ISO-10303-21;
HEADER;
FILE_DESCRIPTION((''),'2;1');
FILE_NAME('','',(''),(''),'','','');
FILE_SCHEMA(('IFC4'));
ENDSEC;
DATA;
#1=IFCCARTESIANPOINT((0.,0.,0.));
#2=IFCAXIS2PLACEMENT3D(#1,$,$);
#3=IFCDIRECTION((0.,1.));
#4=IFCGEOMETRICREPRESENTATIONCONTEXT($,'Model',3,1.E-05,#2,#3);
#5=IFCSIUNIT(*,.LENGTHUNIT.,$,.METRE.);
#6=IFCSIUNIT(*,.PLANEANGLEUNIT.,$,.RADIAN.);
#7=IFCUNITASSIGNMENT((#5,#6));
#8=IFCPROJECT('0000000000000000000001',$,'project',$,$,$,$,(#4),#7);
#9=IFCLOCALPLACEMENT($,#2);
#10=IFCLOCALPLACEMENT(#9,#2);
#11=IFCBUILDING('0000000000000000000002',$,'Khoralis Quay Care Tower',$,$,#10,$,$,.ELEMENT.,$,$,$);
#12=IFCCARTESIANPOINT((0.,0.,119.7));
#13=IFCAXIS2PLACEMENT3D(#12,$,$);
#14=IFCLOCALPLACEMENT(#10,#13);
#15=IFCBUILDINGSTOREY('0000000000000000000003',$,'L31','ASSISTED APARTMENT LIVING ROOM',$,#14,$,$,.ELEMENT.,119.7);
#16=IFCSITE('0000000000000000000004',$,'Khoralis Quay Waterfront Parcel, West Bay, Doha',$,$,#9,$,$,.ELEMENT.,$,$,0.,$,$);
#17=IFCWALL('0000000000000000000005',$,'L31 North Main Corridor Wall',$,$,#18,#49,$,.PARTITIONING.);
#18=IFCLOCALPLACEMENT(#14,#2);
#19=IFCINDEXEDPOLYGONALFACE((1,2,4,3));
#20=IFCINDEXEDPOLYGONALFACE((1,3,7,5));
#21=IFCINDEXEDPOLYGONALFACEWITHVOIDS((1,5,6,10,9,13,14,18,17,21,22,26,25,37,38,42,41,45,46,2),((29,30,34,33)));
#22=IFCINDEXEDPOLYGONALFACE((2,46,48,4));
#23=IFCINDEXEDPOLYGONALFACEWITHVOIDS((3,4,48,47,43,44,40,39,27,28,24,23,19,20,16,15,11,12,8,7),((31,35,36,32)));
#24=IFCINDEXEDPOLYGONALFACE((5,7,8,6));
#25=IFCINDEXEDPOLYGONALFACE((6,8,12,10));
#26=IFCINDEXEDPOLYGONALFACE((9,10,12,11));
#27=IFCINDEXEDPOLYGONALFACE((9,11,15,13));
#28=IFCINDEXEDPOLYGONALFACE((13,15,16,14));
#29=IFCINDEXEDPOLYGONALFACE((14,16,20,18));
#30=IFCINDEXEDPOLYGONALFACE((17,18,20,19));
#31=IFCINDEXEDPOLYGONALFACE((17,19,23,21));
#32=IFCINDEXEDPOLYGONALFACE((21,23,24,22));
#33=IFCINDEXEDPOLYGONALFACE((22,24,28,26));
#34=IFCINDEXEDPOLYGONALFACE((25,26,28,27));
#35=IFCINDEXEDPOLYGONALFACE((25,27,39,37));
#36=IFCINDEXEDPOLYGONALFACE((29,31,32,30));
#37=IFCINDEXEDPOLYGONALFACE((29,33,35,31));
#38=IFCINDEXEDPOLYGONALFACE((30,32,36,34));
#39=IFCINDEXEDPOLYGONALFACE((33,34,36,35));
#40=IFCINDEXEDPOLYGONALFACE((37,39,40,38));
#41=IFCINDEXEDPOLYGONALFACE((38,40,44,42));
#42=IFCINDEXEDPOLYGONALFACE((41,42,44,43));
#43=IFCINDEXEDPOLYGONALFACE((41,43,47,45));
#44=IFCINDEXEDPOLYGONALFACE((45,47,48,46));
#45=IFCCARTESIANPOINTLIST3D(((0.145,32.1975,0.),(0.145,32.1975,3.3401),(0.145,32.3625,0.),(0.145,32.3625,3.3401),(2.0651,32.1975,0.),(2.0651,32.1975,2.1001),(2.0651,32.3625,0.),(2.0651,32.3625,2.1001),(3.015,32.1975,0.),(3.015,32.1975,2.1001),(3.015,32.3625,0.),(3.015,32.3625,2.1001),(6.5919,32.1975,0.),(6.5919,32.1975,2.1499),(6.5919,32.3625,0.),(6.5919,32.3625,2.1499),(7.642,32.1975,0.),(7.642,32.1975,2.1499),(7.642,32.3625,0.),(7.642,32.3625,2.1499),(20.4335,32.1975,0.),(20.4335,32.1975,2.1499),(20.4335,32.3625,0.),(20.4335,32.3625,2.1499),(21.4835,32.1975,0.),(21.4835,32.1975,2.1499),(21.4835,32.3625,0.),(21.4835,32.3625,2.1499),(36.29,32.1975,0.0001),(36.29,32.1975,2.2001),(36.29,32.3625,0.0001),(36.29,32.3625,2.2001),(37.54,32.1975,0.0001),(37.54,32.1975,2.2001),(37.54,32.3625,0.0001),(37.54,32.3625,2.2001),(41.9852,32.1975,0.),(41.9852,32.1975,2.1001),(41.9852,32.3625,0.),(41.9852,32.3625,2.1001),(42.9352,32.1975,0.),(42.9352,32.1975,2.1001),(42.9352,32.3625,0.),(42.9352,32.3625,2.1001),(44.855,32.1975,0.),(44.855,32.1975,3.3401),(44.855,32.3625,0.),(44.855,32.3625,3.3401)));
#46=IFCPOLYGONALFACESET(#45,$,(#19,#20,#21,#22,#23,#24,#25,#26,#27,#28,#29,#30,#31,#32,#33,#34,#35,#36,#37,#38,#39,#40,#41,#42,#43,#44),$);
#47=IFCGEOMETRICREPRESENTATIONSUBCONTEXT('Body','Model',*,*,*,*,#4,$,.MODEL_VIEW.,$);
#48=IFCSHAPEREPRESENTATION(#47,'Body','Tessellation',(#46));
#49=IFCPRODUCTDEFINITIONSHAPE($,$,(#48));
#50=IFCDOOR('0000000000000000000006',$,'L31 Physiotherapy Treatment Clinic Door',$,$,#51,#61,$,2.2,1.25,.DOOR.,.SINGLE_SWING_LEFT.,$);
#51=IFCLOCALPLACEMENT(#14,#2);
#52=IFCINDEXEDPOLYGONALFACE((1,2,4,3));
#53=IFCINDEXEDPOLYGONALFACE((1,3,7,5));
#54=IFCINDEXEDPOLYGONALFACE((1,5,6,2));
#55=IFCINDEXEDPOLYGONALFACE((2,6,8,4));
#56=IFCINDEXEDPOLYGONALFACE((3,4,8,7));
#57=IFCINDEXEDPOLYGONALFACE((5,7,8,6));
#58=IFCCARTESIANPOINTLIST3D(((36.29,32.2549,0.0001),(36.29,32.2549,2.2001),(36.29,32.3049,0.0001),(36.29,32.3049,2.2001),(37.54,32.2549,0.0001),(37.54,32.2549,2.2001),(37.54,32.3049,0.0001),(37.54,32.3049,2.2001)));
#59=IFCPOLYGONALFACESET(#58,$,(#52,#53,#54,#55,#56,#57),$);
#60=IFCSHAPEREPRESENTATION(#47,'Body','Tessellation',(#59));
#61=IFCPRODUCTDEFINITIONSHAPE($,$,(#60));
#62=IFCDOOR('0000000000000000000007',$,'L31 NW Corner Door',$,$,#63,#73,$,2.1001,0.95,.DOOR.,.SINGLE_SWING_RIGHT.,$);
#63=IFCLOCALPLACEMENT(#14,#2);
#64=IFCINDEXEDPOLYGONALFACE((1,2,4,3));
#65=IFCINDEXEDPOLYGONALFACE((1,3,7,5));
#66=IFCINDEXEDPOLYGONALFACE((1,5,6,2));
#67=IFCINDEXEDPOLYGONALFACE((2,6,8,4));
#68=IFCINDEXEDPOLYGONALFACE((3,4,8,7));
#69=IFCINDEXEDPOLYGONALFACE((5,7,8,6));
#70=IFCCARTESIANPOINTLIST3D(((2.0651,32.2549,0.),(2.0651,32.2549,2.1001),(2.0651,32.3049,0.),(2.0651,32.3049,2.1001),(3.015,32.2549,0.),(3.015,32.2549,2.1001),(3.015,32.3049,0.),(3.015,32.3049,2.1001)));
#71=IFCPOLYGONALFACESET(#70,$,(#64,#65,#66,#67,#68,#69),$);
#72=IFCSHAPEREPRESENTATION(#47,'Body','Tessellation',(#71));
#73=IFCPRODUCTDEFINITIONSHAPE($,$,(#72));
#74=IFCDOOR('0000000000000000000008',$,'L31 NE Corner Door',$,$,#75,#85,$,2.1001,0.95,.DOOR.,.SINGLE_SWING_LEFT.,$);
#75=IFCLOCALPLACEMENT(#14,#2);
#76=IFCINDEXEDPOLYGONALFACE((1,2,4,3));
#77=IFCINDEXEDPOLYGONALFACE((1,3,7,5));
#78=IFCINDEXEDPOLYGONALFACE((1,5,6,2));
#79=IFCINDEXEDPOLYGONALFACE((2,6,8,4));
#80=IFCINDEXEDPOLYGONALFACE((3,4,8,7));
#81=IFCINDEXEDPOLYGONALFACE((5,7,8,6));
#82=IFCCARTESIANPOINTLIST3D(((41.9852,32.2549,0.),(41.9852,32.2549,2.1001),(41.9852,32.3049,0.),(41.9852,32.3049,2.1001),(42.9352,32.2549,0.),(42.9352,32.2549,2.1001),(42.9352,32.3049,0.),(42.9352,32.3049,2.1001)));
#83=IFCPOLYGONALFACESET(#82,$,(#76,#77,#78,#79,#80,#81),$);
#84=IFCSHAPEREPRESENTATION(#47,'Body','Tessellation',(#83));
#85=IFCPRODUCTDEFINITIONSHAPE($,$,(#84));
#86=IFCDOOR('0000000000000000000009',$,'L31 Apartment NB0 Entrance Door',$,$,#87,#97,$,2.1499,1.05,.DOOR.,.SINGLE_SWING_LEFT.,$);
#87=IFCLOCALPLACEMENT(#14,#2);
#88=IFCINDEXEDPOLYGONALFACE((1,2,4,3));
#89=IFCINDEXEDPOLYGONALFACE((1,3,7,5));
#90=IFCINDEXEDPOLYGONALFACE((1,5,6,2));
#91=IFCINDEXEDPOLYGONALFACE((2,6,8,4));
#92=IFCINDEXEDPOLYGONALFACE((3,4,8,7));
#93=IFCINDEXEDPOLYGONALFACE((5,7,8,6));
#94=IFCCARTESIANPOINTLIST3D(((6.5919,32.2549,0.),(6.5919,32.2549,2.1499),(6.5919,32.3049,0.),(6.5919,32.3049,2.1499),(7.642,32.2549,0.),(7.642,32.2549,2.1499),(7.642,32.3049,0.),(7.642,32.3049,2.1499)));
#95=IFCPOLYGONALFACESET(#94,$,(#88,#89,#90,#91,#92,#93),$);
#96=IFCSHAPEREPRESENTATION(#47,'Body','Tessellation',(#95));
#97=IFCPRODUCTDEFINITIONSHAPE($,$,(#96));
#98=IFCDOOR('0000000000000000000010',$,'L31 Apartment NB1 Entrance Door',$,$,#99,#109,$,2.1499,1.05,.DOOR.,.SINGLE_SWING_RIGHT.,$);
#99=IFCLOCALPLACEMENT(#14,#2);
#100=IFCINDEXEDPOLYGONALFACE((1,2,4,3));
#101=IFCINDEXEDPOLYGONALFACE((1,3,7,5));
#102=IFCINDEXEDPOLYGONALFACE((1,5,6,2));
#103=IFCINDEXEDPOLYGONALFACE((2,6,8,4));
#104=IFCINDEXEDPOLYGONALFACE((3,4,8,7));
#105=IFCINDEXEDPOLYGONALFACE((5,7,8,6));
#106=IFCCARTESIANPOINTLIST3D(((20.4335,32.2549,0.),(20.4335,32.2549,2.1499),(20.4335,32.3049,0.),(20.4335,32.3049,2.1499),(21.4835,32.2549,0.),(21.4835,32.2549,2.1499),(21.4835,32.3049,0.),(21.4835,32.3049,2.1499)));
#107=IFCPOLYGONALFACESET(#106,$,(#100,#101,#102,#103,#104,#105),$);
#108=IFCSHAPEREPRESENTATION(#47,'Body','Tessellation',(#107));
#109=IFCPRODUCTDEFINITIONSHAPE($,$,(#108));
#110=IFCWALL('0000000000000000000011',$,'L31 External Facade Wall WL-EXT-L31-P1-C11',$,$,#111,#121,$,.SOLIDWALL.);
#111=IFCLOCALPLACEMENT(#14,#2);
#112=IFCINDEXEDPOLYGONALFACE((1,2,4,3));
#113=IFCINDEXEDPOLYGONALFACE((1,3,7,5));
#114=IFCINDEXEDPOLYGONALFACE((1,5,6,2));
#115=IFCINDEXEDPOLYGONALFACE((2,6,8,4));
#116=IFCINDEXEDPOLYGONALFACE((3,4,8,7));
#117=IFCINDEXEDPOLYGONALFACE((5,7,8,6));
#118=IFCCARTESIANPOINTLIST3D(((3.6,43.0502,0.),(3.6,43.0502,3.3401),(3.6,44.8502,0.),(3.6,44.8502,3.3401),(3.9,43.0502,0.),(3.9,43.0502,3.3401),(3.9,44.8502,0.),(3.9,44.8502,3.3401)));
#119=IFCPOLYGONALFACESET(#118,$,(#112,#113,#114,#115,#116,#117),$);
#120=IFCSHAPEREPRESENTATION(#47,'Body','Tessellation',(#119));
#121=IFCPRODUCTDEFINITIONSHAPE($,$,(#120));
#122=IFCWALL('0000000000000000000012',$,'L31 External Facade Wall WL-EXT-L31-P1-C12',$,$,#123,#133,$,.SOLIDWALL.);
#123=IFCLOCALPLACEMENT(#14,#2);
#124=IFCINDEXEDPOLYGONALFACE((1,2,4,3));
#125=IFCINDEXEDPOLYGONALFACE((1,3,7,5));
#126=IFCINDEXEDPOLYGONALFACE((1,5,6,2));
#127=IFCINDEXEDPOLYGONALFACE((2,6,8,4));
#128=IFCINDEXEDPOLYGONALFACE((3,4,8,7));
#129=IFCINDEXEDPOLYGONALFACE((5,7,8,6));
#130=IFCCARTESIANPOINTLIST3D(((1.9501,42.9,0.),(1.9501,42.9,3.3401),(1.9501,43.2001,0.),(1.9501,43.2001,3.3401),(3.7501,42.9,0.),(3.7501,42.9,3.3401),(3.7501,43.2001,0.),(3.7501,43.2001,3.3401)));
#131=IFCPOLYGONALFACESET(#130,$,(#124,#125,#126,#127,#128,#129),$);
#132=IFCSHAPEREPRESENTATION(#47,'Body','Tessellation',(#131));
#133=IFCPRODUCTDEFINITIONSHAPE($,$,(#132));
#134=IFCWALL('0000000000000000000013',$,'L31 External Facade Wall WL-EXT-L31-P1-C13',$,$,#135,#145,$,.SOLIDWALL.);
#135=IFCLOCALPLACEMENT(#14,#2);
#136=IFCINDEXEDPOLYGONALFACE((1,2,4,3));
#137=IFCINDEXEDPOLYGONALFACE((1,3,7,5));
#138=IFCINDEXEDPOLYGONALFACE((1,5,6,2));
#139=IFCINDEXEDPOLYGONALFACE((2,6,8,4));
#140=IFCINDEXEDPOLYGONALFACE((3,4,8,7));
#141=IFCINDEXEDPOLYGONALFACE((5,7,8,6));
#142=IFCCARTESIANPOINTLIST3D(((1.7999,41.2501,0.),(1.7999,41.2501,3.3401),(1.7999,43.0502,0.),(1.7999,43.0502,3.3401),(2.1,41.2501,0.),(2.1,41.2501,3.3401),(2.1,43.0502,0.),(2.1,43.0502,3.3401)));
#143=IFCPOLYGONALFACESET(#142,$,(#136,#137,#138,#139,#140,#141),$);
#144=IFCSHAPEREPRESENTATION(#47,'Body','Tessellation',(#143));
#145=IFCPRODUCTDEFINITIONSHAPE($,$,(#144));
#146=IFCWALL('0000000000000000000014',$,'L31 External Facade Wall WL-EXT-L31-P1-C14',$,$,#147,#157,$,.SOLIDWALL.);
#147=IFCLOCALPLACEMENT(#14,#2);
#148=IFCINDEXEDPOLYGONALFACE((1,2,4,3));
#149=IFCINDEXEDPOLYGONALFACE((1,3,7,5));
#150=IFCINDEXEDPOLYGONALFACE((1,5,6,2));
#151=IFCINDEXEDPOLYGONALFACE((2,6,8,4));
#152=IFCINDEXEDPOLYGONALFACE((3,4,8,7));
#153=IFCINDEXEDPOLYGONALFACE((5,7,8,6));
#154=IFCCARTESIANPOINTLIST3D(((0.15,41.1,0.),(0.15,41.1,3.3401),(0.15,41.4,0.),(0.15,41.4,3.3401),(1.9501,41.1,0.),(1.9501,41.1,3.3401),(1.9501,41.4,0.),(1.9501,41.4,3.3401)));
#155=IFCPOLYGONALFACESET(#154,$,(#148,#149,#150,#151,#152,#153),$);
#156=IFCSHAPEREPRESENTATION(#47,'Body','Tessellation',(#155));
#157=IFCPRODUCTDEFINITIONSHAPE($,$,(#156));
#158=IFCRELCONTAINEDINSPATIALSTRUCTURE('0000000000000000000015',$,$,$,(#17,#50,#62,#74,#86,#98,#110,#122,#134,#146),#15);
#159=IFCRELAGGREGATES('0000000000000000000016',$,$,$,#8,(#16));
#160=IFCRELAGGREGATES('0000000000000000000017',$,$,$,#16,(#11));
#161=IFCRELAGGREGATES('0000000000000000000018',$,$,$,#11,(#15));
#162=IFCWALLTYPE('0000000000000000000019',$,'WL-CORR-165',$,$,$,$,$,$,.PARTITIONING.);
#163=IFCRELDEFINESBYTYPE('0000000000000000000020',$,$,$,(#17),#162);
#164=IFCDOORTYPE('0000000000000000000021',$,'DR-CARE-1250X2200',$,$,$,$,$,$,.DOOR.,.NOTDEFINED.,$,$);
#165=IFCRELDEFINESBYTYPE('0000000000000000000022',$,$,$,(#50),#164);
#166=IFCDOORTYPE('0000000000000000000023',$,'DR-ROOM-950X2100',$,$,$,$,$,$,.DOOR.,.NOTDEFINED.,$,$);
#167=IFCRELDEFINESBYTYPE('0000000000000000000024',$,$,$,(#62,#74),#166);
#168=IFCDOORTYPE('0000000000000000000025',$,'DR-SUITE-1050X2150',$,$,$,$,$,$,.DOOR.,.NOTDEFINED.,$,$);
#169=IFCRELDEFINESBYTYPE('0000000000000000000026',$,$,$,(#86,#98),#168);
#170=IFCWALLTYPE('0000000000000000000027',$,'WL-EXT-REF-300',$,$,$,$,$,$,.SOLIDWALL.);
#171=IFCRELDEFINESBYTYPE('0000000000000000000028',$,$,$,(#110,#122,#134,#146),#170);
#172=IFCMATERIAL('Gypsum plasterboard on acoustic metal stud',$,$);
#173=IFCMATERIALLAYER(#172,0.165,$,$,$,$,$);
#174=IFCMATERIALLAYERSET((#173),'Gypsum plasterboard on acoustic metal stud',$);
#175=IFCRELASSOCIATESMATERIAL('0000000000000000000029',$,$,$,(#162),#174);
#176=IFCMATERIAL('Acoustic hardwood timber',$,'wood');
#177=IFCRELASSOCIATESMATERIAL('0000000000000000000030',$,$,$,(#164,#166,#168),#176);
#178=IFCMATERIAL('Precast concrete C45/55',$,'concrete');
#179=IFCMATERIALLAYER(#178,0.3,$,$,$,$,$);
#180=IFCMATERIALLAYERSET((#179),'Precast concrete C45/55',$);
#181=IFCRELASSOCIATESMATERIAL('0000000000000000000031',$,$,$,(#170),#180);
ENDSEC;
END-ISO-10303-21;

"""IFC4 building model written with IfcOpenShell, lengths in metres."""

from ifc_helpers import new_model, si_unit, direction, frame, frame_2d, origin, place, context, subcontext, project, spatial, rectangle, extrude, source, transform, mapped, material, layer, layer_set, type_object, element, fill, save


model = new_model("IFC4")

# Units and contexts
model_context = context("Model", 3, precision=1e-05, world=origin(), true_north=direction((0.0, 1.0)))
body_context = subcontext(model_context, "Body", "Model", "MODEL_VIEW")
ifc_project = project(units=[si_unit("LENGTHUNIT", "METRE"), si_unit("PLANEANGLEUNIT", "RADIAN")], contexts=[model_context])

# Site, building, storey
site_placement = place(None, origin())
site = spatial("IfcSite", under=ifc_project, at=site_placement, Name="Khoralis Quay Waterfront Parcel, West Bay, Doha", CompositionType="ELEMENT", RefElevation=0.0)
building_placement = place(site_placement, origin())
building = spatial("IfcBuilding", under=site, at=building_placement, Name="Khoralis Quay Care Tower", CompositionType="ELEMENT")
storey_placement = place(building_placement, frame((0.0, 0.0, 119.7)))
storey = spatial("IfcBuildingStorey", under=building, at=storey_placement, Name="L31", Description="ASSISTED APARTMENT LIVING ROOM", CompositionType="ELEMENT", Elevation=119.7)

# Wall, openings, doors
ifc_material_1 = material(Name="Gypsum plasterboard on acoustic metal stud")
ifc_layer_1 = layer(ifc_material_1, 0.165)
ifc_layer_set_1 = layer_set([ifc_layer_1], Name="Gypsum plasterboard on acoustic metal stud")
wall_type_1 = type_object("IfcWallType", Name="WL-CORR-165", PredefinedType="PARTITIONING", material=ifc_layer_set_1)
wall_1_placement = place(storey_placement, frame((0.145, 32.28, 0.0), z_axis=(0.0, 0.0, 1.0), x_axis=(1.0, 0.0, 0.0)))
wall_1 = element("IfcWall", 1, at=wall_1_placement, inside=storey, type_object=wall_type_1, Name="L31 North Main Corridor Wall", PredefinedType="PARTITIONING", context=body_context, shape_type="SweptSolid", body=[
    extrude(rectangle(XDim=44.71, YDim=0.165, at=frame_2d((22.355, 0.0))), origin(), (0.0, 0.0, 1.0), 3.3401),
])
opening_1_placement = place(wall_1_placement, frame((6.447, 0.0, 0.0)))
opening_1 = element("IfcOpeningElement", 2, at=opening_1_placement, cuts=wall_1, PredefinedType="OPENING", context=body_context, shape_type="SweptSolid", body=[
    extrude(rectangle(XDim=1.05, YDim=2.1499, at=frame_2d((0.5249, 1.075))), frame((0.0, 0.0925, 0.0), z_axis=(0.0, -1.0, 0.0), x_axis=(1.0, 0.0, 0.0)), (0.0, 0.0, 1.0), 0.1851),
])
opening_2_placement = place(wall_1_placement, frame((20.2886, 0.0, 0.0)))
opening_2 = element("IfcOpeningElement", 3, at=opening_2_placement, cuts=wall_1, PredefinedType="OPENING", context=body_context, shape_type="SweptSolid", body=[
    extrude(rectangle(XDim=1.05, YDim=2.1499, at=frame_2d((0.5249, 1.075))), frame((0.0, 0.0925, 0.0), z_axis=(0.0, -1.0, 0.0), x_axis=(1.0, 0.0, 0.0)), (0.0, 0.0, 1.0), 0.1851),
])
opening_3_placement = place(wall_1_placement, frame((36.145, 0.0, 0.0)))
opening_3 = element("IfcOpeningElement", 4, at=opening_3_placement, cuts=wall_1, PredefinedType="OPENING", context=body_context, shape_type="SweptSolid", body=[
    extrude(rectangle(XDim=1.25, YDim=2.2, at=frame_2d((0.625, 1.1001))), frame((0.0, 0.0925, 0.0), z_axis=(0.0, -1.0, 0.0), x_axis=(1.0, 0.0, 0.0)), (0.0, 0.0, 1.0), 0.1851),
])
opening_4_placement = place(wall_1_placement, frame((1.9199, 0.0, 0.0)))
opening_4 = element("IfcOpeningElement", 5, at=opening_4_placement, cuts=wall_1, PredefinedType="OPENING", context=body_context, shape_type="SweptSolid", body=[
    extrude(rectangle(XDim=0.95, YDim=2.1001, at=frame_2d((0.4751, 1.05))), frame((0.0, 0.0925, 0.0), z_axis=(0.0, -1.0, 0.0), x_axis=(1.0, 0.0, 0.0)), (0.0, 0.0, 1.0), 0.1851),
])
opening_5_placement = place(wall_1_placement, frame((41.8401, 0.0, 0.0)))
opening_5 = element("IfcOpeningElement", 6, at=opening_5_placement, cuts=wall_1, PredefinedType="OPENING", context=body_context, shape_type="SweptSolid", body=[
    extrude(rectangle(XDim=0.95, YDim=2.1001, at=frame_2d((0.4751, 1.05))), frame((0.0, 0.0925, 0.0), z_axis=(0.0, -1.0, 0.0), x_axis=(1.0, 0.0, 0.0)), (0.0, 0.0, 1.0), 0.1851),
])
ifc_material_2 = material(Name="Acoustic hardwood timber", Category="wood")
door_type_1 = type_object("IfcDoorType", Name="DR-CARE-1250X2200", OperationType="NOTDEFINED", PredefinedType="DOOR", material=ifc_material_2)
shared_shape_1 = source(origin(), body_context, "Body", "SweptSolid", [
    extrude(rectangle(XDim=1.25, YDim=2.2, at=frame_2d((0.625, 1.1001))), frame((0.0, 0.0249, 0.0), z_axis=(0.0, -1.0, 0.0), x_axis=(1.0, 0.0, 0.0)), (0.0, 0.0, 1.0), 0.05),
])
door_1_placement = place(opening_3_placement, origin())
door_1 = element("IfcDoor", 7, at=door_1_placement, inside=storey, type_object=door_type_1, Name="L31 Physiotherapy Treatment Clinic Door", OperationType="SINGLE_SWING_LEFT", OverallHeight=2.2, OverallWidth=1.25, PredefinedType="DOOR", context=body_context, shape_type="MappedRepresentation", body=[
    mapped(shared_shape_1, transform((0.0, 0.0, 0.0), scale=1.0)),
])
fill(opening_3, door_1)
door_type_2 = type_object("IfcDoorType", Name="DR-ROOM-950X2100", OperationType="NOTDEFINED", PredefinedType="DOOR", material=ifc_material_2)
shared_shape_2 = source(origin(), body_context, "Body", "SweptSolid", [
    extrude(rectangle(XDim=0.95, YDim=2.1001, at=frame_2d((0.4751, 1.05))), frame((0.0, 0.0249, 0.0), z_axis=(0.0, -1.0, 0.0), x_axis=(1.0, 0.0, 0.0)), (0.0, 0.0, 1.0), 0.05),
])
door_2_placement = place(opening_4_placement, origin())
door_2 = element("IfcDoor", 8, at=door_2_placement, inside=storey, type_object=door_type_2, Name="L31 NW Corner Door", OperationType="SINGLE_SWING_RIGHT", OverallHeight=2.1001, OverallWidth=0.95, PredefinedType="DOOR", context=body_context, shape_type="MappedRepresentation", body=[
    mapped(shared_shape_2, transform((0.0, 0.0, 0.0), scale=1.0)),
])
fill(opening_4, door_2)
door_3_placement = place(opening_5_placement, origin())
door_3 = element("IfcDoor", 9, at=door_3_placement, inside=storey, type_object=door_type_2, Name="L31 NE Corner Door", OperationType="SINGLE_SWING_LEFT", OverallHeight=2.1001, OverallWidth=0.95, PredefinedType="DOOR", context=body_context, shape_type="MappedRepresentation", body=[
    mapped(shared_shape_2, transform((0.0, 0.0, 0.0), scale=1.0)),
])
fill(opening_5, door_3)
door_type_3 = type_object("IfcDoorType", Name="DR-SUITE-1050X2150", OperationType="NOTDEFINED", PredefinedType="DOOR", material=ifc_material_2)
shared_shape_3 = source(origin(), body_context, "Body", "SweptSolid", [
    extrude(rectangle(XDim=1.05, YDim=2.1499, at=frame_2d((0.5249, 1.075))), frame((0.0, 0.0249, 0.0), z_axis=(0.0, -1.0, 0.0), x_axis=(1.0, 0.0, 0.0)), (0.0, 0.0, 1.0), 0.05),
])
door_4_placement = place(opening_1_placement, origin())
door_4 = element("IfcDoor", 10, at=door_4_placement, inside=storey, type_object=door_type_3, Name="L31 Apartment NB0 Entrance Door", OperationType="SINGLE_SWING_LEFT", OverallHeight=2.1499, OverallWidth=1.05, PredefinedType="DOOR", context=body_context, shape_type="MappedRepresentation", body=[
    mapped(shared_shape_3, transform((0.0, 0.0, 0.0), scale=1.0)),
])
fill(opening_1, door_4)
door_5_placement = place(opening_2_placement, origin())
door_5 = element("IfcDoor", 11, at=door_5_placement, inside=storey, type_object=door_type_3, Name="L31 Apartment NB1 Entrance Door", OperationType="SINGLE_SWING_RIGHT", OverallHeight=2.1499, OverallWidth=1.05, PredefinedType="DOOR", context=body_context, shape_type="MappedRepresentation", body=[
    mapped(shared_shape_3, transform((0.0, 0.0, 0.0), scale=1.0)),
])
fill(opening_2, door_5)

# Walls
ifc_material_3 = material(Name="Precast concrete C45/55", Category="concrete")
ifc_layer_2 = layer(ifc_material_3, 0.3)
ifc_layer_set_2 = layer_set([ifc_layer_2], Name="Precast concrete C45/55")
wall_type_2 = type_object("IfcWallType", Name="WL-EXT-REF-300", PredefinedType="SOLIDWALL", material=ifc_layer_set_2)
for number, where, z_axis, x_axis, name in (
    (12, (3.75, 44.8501, 0.0), (0.0, 0.0, 1.0), (0.0, -1.0, 0.0), "L31 External Facade Wall WL-EXT-L31-P1-C11"),
    (13, (3.75, 43.05, 0.0), (0.0, 0.0, 1.0), (-1.0, 0.0, 0.0), "L31 External Facade Wall WL-EXT-L31-P1-C12"),
    (14, (1.95, 43.05, 0.0), (0.0, 0.0, 1.0), (0.0, -1.0, 0.0), "L31 External Facade Wall WL-EXT-L31-P1-C13"),
    (15, (1.95, 41.25, 0.0), (0.0, 0.0, 1.0), (-1.0, 0.0, 0.0), "L31 External Facade Wall WL-EXT-L31-P1-C14"),
):
    element("IfcWall", number, at=place(storey_placement, frame(where, z_axis=z_axis, x_axis=x_axis)), inside=storey, type_object=wall_type_2, Name=name, PredefinedType="SOLIDWALL", context=body_context, shape_type="SweptSolid", body=[
        extrude(rectangle(XDim=1.8, YDim=0.3, at=frame_2d((0.8999, 0.0))), origin(), (0.0, 0.0, 1.0), 3.3401),
    ])

save(model, "model.ifc")
